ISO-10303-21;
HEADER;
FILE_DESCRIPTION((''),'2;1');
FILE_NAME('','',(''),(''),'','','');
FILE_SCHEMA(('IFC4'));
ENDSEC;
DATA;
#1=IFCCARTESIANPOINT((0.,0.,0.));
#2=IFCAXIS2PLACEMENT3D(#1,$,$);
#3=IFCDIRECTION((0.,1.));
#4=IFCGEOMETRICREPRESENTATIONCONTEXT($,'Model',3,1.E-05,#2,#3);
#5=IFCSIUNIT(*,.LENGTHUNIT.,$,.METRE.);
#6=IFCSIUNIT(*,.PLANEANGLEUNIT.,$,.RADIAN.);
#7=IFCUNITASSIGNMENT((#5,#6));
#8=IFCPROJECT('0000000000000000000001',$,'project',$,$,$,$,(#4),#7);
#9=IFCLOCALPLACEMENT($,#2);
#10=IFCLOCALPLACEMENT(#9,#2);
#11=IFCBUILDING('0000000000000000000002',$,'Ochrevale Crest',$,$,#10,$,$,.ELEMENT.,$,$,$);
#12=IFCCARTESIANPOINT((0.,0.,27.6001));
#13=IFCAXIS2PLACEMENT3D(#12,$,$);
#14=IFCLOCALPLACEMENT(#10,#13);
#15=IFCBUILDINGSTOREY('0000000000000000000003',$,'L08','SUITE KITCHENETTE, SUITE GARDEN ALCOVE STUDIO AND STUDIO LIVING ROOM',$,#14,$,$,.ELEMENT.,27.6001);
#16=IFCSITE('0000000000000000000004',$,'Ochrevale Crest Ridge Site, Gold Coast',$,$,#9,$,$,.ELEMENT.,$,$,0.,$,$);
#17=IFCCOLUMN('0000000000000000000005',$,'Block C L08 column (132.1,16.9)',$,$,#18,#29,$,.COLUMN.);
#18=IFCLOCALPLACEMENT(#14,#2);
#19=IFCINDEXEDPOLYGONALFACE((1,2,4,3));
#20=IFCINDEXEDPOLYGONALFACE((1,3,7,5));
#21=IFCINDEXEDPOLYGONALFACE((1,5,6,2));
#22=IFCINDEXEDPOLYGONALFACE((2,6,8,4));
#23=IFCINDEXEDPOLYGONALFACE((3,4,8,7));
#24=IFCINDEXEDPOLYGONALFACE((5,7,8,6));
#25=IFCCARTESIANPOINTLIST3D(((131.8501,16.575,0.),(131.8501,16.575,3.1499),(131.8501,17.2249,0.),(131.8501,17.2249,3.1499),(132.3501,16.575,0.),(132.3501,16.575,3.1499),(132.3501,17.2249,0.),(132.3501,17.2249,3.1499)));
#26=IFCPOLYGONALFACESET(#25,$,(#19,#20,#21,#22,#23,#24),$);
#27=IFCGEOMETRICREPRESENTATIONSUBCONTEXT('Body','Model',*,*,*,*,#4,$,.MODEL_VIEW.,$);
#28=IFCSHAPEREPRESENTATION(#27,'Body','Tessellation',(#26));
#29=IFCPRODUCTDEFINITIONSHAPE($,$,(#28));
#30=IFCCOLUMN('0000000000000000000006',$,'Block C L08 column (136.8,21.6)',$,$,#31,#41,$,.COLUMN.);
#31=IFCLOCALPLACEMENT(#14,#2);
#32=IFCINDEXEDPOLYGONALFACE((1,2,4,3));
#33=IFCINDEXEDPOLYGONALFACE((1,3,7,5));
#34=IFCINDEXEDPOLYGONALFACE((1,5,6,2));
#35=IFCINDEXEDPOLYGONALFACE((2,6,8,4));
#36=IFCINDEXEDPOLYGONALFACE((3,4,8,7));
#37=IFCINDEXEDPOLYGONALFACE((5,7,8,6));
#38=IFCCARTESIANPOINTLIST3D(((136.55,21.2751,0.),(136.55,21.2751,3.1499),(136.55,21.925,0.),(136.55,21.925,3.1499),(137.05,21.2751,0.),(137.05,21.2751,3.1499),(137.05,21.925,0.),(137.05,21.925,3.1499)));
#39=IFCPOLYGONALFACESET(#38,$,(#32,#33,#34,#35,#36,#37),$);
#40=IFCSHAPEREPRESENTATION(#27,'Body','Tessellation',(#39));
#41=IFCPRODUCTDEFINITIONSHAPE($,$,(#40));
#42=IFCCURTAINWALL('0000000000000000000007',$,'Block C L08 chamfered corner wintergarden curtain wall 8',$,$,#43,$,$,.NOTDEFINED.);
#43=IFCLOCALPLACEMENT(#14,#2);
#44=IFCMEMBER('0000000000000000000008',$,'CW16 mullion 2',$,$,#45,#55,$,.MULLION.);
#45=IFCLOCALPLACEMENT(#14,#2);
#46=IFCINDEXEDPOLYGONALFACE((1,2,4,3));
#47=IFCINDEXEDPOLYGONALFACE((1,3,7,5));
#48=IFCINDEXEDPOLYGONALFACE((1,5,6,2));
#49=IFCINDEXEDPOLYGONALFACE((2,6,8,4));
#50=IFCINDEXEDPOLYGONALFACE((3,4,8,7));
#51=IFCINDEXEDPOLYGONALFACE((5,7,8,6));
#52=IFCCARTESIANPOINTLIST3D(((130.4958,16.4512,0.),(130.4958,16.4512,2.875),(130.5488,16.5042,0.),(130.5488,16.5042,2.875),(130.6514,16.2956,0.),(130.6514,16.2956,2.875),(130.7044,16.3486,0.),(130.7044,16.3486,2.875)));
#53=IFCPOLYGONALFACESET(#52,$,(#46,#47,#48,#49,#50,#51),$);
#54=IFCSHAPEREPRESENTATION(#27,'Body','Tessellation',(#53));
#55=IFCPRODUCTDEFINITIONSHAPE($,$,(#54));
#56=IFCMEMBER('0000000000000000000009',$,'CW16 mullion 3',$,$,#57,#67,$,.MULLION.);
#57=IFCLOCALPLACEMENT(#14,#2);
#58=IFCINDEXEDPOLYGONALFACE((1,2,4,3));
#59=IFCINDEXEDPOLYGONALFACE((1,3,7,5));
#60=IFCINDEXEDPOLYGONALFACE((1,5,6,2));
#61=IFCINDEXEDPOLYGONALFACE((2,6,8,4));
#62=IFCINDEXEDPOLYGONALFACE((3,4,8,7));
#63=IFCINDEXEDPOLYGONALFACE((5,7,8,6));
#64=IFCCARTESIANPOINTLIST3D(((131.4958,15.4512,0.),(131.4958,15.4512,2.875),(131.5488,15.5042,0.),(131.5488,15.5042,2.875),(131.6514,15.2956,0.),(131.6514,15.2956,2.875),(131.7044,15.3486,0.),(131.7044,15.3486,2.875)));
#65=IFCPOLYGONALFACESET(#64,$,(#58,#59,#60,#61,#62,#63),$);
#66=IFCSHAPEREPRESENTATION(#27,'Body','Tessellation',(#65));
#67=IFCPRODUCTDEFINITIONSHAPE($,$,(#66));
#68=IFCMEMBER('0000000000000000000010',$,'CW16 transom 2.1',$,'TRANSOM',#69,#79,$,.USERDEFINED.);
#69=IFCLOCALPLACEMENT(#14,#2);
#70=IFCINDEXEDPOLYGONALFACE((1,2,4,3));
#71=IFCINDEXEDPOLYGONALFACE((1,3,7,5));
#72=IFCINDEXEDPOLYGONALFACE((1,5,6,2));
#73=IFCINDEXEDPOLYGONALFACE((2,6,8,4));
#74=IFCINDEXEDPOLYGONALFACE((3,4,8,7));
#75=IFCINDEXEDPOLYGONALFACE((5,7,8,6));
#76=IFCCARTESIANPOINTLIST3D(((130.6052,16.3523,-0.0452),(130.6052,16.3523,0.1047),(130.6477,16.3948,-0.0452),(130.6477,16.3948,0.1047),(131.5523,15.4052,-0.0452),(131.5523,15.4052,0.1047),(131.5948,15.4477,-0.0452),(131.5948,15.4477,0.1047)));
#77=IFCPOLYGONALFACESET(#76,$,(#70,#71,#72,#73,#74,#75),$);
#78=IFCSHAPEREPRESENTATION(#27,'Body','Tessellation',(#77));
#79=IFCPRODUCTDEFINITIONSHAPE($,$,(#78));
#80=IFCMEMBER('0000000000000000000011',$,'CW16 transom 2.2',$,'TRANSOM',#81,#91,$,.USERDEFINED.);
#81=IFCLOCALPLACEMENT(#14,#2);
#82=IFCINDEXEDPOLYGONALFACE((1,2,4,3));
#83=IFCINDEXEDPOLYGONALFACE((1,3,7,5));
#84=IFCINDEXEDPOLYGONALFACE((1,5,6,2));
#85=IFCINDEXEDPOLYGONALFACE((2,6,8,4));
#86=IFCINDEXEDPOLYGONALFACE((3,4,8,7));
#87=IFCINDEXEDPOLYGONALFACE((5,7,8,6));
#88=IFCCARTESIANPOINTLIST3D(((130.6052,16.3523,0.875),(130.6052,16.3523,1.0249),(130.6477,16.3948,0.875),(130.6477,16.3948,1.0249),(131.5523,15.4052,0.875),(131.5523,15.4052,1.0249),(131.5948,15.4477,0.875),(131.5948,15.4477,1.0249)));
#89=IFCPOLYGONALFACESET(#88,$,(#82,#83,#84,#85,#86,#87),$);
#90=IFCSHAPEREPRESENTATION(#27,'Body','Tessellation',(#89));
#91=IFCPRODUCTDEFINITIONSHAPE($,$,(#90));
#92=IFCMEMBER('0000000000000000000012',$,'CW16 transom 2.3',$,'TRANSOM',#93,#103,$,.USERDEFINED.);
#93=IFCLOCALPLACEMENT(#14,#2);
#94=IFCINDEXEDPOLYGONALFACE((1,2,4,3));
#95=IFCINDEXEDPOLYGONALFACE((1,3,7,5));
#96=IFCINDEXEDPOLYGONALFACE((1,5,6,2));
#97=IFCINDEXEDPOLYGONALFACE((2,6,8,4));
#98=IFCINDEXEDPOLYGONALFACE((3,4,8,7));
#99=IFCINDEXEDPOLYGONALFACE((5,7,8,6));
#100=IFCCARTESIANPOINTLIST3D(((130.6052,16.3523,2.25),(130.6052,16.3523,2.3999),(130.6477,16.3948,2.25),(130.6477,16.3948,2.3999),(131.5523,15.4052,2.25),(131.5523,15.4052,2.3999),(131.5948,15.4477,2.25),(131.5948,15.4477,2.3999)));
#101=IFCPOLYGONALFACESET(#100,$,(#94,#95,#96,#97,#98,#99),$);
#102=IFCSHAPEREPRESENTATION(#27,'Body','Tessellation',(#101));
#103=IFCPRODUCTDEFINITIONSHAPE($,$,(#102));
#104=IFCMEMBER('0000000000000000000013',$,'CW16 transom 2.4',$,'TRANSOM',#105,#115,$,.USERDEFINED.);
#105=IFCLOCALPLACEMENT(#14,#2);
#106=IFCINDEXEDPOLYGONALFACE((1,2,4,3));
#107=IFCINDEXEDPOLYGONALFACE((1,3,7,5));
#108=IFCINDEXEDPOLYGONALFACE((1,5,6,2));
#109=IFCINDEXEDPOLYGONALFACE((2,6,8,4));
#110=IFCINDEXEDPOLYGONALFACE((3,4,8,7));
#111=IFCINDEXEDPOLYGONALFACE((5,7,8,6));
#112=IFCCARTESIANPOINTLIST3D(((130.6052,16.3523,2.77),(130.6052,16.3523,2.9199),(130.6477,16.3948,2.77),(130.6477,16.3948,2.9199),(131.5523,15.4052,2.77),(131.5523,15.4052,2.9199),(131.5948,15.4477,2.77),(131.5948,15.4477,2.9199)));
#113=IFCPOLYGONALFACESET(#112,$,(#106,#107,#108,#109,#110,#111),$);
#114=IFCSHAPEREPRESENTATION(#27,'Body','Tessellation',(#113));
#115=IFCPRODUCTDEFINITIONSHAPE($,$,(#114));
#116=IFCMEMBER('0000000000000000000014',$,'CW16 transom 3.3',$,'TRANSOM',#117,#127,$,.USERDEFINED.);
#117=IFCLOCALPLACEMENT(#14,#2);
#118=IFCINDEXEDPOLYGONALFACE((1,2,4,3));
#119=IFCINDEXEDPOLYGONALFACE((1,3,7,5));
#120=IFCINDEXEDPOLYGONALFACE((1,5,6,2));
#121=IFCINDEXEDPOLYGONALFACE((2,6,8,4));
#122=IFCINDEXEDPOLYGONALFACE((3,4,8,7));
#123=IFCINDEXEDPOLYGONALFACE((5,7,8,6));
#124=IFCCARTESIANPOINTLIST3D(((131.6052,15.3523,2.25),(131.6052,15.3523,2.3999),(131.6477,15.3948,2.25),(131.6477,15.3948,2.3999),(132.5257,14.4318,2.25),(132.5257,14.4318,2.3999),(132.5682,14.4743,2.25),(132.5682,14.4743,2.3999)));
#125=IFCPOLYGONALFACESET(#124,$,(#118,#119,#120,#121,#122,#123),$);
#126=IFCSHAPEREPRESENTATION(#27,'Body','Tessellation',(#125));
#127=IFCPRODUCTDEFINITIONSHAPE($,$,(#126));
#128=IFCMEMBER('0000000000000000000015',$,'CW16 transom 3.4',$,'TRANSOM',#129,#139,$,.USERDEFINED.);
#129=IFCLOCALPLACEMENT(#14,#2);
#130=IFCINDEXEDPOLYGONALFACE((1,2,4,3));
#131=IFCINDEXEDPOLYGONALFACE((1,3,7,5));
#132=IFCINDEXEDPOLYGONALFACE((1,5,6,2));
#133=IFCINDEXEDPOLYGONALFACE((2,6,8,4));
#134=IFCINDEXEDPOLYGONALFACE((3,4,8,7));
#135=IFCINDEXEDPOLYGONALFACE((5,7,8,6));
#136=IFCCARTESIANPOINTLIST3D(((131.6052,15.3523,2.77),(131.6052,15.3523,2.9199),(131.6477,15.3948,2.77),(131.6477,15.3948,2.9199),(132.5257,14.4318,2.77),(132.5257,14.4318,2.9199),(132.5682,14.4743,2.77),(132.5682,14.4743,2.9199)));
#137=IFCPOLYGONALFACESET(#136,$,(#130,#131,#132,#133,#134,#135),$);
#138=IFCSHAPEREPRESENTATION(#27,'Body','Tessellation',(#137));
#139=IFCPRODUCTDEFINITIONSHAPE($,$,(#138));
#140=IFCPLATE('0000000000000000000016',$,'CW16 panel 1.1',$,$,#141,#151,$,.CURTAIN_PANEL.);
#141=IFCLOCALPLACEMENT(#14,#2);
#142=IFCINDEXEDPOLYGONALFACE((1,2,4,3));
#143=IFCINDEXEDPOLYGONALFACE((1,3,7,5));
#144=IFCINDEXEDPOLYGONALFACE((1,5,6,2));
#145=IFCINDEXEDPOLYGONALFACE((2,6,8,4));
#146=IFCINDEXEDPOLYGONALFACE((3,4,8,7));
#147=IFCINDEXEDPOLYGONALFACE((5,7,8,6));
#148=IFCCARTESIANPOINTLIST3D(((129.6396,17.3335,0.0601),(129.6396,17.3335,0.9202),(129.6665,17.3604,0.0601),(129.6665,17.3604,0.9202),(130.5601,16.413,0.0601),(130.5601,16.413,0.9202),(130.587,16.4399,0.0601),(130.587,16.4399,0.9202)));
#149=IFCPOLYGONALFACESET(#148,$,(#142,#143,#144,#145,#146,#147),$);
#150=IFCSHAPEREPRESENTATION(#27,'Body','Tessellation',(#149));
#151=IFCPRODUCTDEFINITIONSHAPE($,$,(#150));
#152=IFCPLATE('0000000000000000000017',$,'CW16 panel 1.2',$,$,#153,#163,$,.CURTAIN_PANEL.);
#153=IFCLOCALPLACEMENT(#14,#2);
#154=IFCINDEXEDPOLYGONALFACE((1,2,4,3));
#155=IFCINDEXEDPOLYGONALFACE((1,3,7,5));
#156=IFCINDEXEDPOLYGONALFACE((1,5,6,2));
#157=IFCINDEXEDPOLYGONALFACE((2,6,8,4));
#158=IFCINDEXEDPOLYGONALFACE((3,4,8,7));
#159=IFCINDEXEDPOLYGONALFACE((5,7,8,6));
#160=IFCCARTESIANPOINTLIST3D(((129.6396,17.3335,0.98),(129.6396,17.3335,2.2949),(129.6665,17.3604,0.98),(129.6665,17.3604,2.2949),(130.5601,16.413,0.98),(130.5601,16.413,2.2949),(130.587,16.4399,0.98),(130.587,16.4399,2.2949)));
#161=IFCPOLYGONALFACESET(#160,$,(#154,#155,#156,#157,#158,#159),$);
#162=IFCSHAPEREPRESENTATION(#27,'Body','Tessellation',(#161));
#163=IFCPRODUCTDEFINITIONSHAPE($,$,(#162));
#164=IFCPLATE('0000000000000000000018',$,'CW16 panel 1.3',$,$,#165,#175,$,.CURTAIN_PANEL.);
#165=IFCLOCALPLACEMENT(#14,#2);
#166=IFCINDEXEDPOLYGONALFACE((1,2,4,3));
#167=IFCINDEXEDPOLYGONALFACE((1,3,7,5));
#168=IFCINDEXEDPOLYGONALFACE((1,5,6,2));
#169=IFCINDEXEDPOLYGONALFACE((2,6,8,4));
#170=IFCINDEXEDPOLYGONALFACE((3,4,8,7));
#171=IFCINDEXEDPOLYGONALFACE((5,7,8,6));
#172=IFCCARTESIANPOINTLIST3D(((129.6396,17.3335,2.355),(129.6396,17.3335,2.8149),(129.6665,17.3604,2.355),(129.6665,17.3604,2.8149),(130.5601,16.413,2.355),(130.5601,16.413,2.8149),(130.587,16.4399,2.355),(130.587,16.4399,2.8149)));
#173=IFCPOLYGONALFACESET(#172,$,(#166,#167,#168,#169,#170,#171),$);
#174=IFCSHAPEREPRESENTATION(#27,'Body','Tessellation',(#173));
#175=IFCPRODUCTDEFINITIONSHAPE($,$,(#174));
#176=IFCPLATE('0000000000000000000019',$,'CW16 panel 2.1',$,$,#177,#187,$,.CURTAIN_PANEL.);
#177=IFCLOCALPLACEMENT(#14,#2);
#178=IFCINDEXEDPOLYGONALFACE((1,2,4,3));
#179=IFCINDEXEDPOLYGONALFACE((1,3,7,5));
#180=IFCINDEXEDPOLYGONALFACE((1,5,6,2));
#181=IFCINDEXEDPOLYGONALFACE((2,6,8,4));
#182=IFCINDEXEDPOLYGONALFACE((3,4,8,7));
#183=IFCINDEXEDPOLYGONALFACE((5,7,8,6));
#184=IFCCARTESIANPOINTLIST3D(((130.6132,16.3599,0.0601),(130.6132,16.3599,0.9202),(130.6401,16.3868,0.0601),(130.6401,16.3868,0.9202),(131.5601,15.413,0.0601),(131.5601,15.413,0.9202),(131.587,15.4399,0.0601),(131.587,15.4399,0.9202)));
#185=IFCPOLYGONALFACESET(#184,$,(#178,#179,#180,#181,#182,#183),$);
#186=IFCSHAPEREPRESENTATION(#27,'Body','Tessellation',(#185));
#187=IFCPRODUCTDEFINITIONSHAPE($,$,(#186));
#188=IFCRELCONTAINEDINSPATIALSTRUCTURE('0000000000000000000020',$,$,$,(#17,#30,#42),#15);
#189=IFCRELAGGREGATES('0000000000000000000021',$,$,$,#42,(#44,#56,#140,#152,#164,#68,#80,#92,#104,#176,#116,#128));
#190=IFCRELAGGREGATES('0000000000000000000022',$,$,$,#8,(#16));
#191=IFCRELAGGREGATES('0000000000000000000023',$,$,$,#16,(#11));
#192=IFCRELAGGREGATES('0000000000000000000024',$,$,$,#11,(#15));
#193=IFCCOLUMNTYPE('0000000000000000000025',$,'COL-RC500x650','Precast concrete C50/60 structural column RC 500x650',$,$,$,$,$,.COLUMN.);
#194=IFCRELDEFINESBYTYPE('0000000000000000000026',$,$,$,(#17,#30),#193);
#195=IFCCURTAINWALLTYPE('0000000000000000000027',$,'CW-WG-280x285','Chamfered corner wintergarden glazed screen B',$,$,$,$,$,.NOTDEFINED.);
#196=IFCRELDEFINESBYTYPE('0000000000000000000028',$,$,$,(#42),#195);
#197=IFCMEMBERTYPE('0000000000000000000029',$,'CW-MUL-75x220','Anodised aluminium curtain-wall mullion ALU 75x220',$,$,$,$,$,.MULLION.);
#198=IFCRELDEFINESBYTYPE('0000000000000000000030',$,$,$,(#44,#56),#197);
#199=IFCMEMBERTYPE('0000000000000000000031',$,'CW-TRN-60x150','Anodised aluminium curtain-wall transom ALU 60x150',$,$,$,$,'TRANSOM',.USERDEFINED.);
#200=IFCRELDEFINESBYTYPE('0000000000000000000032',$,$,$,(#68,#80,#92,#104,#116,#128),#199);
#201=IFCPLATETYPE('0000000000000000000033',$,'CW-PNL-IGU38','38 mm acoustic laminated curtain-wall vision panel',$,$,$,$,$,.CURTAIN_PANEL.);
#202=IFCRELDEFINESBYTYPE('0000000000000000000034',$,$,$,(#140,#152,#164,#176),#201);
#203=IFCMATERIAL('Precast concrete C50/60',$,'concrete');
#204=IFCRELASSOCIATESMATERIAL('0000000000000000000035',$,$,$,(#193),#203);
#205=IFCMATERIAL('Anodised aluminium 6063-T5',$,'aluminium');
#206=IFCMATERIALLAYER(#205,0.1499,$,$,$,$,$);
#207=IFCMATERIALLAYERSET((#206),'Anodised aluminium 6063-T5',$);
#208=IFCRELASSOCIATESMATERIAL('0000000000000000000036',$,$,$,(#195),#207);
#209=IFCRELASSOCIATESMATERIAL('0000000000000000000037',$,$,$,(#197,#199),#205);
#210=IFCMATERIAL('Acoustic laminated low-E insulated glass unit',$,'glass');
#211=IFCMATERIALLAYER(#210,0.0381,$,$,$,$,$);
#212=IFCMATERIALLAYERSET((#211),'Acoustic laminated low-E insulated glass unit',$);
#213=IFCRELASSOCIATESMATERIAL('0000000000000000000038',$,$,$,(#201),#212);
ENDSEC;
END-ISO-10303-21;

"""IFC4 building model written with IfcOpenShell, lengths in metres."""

from ifc_helpers import new_model, si_unit, direction, frame, origin, origin_2d, place, context, subcontext, project, spatial, rectangle, extrude, material, layer, layer_set, material_profile, profile_set, type_object, element, aggregate, save


model = new_model("IFC4")

# Units and contexts
model_context = context("Model", 3, precision=1e-05, world=origin(), true_north=direction((0.0, 1.0)))
body_context = subcontext(model_context, "Body", "Model", "MODEL_VIEW")
ifc_project = project(units=[si_unit("LENGTHUNIT", "METRE"), si_unit("PLANEANGLEUNIT", "RADIAN")], contexts=[model_context])

# Site, building, storey
site_placement = place(None, origin())
site = spatial("IfcSite", under=ifc_project, at=site_placement, Name="Ochrevale Crest Ridge Site, Gold Coast", CompositionType="ELEMENT", RefElevation=0.0)
building_placement = place(site_placement, origin())
building = spatial("IfcBuilding", under=site, at=building_placement, Name="Ochrevale Crest", CompositionType="ELEMENT")
storey_placement = place(building_placement, frame((0.0, 0.0, 27.6001)))
storey = spatial("IfcBuildingStorey", under=building, at=storey_placement, Name="L08", Description="SUITE KITCHENETTE, SUITE GARDEN ALCOVE STUDIO AND STUDIO LIVING ROOM", CompositionType="ELEMENT", Elevation=27.6001)

# Columns
ifc_material_1 = material(Name="Precast concrete C50/60", Category="concrete")
ifc_material_profile_1 = material_profile(ifc_material_1, rectangle(XDim=0.5, YDim=0.6499, at=origin_2d()), Name="RC 500x650")
ifc_profile_set_1 = profile_set([ifc_material_profile_1], Name="Precast concrete C50/60")
column_type = type_object("IfcColumnType", Name="COL-RC500x650", Description="Precast concrete C50/60 structural column RC 500x650", PredefinedType="COLUMN", material=ifc_profile_set_1)
for number, where, z_axis, x_axis, name in (
    (1, (132.1001, 16.8999, 0.0), (0.0, 0.0, 1.0), (1.0, 0.0, 0.0), "Block C L08 column (132.1,16.9)"),
    (2, (136.8, 21.6001, 0.0), (0.0, 0.0, 1.0), (1.0, 0.0, 0.0), "Block C L08 column (136.8,21.6)"),
):
    element("IfcColumn", number, at=place(storey_placement, frame(where, z_axis=z_axis, x_axis=x_axis)), inside=storey, type_object=column_type, Name=name, PredefinedType="COLUMN", context=body_context, shape_type="SweptSolid", body=[
        extrude(rectangle(XDim=0.5, YDim=0.6499, at=origin_2d()), origin(), (0.0, 0.0, 1.0), 3.1499),
    ])

# Curtain wall, members, plates
ifc_material_2 = material(Name="Anodised aluminium 6063-T5", Category="aluminium")
ifc_layer_1 = layer(ifc_material_2, 0.1499)
ifc_layer_set_1 = layer_set([ifc_layer_1], Name="Anodised aluminium 6063-T5")
curtain_wall_type = type_object("IfcCurtainWallType", Name="CW-WG-280x285", Description="Chamfered corner wintergarden glazed screen B", PredefinedType="NOTDEFINED", material=ifc_layer_set_1)
curtain_wall_placement = place(storey_placement, origin())
curtain_wall = element("IfcCurtainWall", 3, at=curtain_wall_placement, inside=storey, type_object=curtain_wall_type, Name="Block C L08 chamfered corner wintergarden curtain wall 8", PredefinedType="NOTDEFINED")
ifc_material_profile_2 = material_profile(ifc_material_2, rectangle(XDim=0.075, YDim=0.22, at=origin_2d()), Name="ALU 75x220")
ifc_profile_set_2 = profile_set([ifc_material_profile_2], Name="Anodised aluminium 6063-T5")
member_type_1 = type_object("IfcMemberType", Name="CW-MUL-75x220", Description="Anodised aluminium curtain-wall mullion ALU 75x220", PredefinedType="MULLION", material=ifc_profile_set_2)
member_1_placement = place(storey_placement, frame((130.6001, 16.3999, 0.0), z_axis=(0.0, 0.0, 1.0), x_axis=(0.707107, 0.707107, 0.0)))
member_1 = element("IfcMember", 4, at=member_1_placement, type_object=member_type_1, Name="CW16 mullion 2", PredefinedType="MULLION", context=body_context, shape_type="SweptSolid", body=[
    extrude(rectangle(XDim=0.075, YDim=0.22, at=origin_2d()), origin(), (0.0, 0.0, 1.0), 2.875),
])
member_2_placement = place(storey_placement, frame((131.6001, 15.3999, 0.0), z_axis=(0.0, 0.0, 1.0), x_axis=(0.707107, 0.707107, 0.0)))
member_2 = element("IfcMember", 5, at=member_2_placement, type_object=member_type_1, Name="CW16 mullion 3", PredefinedType="MULLION", context=body_context, shape_type="SweptSolid", body=[
    extrude(rectangle(XDim=0.075, YDim=0.22, at=origin_2d()), origin(), (0.0, 0.0, 1.0), 2.875),
])
ifc_material_profile_3 = material_profile(ifc_material_2, rectangle(XDim=0.0601, YDim=0.1499, at=origin_2d()), Name="ALU 60x150")
ifc_profile_set_3 = profile_set([ifc_material_profile_3], Name="Anodised aluminium 6063-T5")
member_type_2 = type_object("IfcMemberType", Name="CW-TRN-60x150", Description="Anodised aluminium curtain-wall transom ALU 60x150", ElementType="TRANSOM", PredefinedType="USERDEFINED", material=ifc_profile_set_3)
member_3_placement = place(storey_placement, frame((130.6265, 16.3735, 0.0298), z_axis=(0.707107, -0.707107, 0.0), x_axis=(0.707107, 0.707107, 0.0)))
member_3 = element("IfcMember", 6, at=member_3_placement, type_object=member_type_2, Name="CW16 transom 2.1", ObjectType="TRANSOM", PredefinedType="USERDEFINED", context=body_context, shape_type="SweptSolid", body=[
    extrude(rectangle(XDim=0.0601, YDim=0.1499, at=origin_2d()), origin(), (0.0, 0.0, 1.0), 1.3394),
])
member_4_placement = place(storey_placement, frame((130.6265, 16.3735, 0.95), z_axis=(0.707107, -0.707107, 0.0), x_axis=(0.707107, 0.707107, 0.0)))
member_4 = element("IfcMember", 7, at=member_4_placement, type_object=member_type_2, Name="CW16 transom 2.2", ObjectType="TRANSOM", PredefinedType="USERDEFINED", context=body_context, shape_type="SweptSolid", body=[
    extrude(rectangle(XDim=0.0601, YDim=0.1499, at=origin_2d()), origin(), (0.0, 0.0, 1.0), 1.3394),
])
member_5_placement = place(storey_placement, frame((130.6265, 16.3735, 2.325), z_axis=(0.707107, -0.707107, 0.0), x_axis=(0.707107, 0.707107, 0.0)))
member_5 = element("IfcMember", 8, at=member_5_placement, type_object=member_type_2, Name="CW16 transom 2.3", ObjectType="TRANSOM", PredefinedType="USERDEFINED", context=body_context, shape_type="SweptSolid", body=[
    extrude(rectangle(XDim=0.0601, YDim=0.1499, at=origin_2d()), origin(), (0.0, 0.0, 1.0), 1.3394),
])
member_6_placement = place(storey_placement, frame((130.6265, 16.3735, 2.845), z_axis=(0.707107, -0.707107, 0.0), x_axis=(0.707107, 0.707107, 0.0)))
member_6 = element("IfcMember", 9, at=member_6_placement, type_object=member_type_2, Name="CW16 transom 2.4", ObjectType="TRANSOM", PredefinedType="USERDEFINED", context=body_context, shape_type="SweptSolid", body=[
    extrude(rectangle(XDim=0.0601, YDim=0.1499, at=origin_2d()), origin(), (0.0, 0.0, 1.0), 1.3394),
])
member_7_placement = place(storey_placement, frame((131.6265, 15.3735, 2.325), z_axis=(0.707107, -0.707107, 0.0), x_axis=(0.707107, 0.707107, 0.0)))
member_7 = element("IfcMember", 10, at=member_7_placement, type_object=member_type_2, Name="CW16 transom 3.3", ObjectType="TRANSOM", PredefinedType="USERDEFINED", context=body_context, shape_type="SweptSolid", body=[
    extrude(rectangle(XDim=0.0601, YDim=0.1499, at=origin_2d()), origin(), (0.0, 0.0, 1.0), 1.3018),
])
member_8_placement = place(storey_placement, frame((131.6265, 15.3735, 2.845), z_axis=(0.707107, -0.707107, 0.0), x_axis=(0.707107, 0.707107, 0.0)))
member_8 = element("IfcMember", 11, at=member_8_placement, type_object=member_type_2, Name="CW16 transom 3.4", ObjectType="TRANSOM", PredefinedType="USERDEFINED", context=body_context, shape_type="SweptSolid", body=[
    extrude(rectangle(XDim=0.0601, YDim=0.1499, at=origin_2d()), origin(), (0.0, 0.0, 1.0), 1.3018),
])
ifc_material_3 = material(Name="Acoustic laminated low-E insulated glass unit", Category="glass")
ifc_layer_2 = layer(ifc_material_3, 0.0381)
ifc_layer_set_2 = layer_set([ifc_layer_2], Name="Acoustic laminated low-E insulated glass unit")
plate_type = type_object("IfcPlateType", Name="CW-PNL-IGU38", Description="38 mm acoustic laminated curtain-wall vision panel", PredefinedType="CURTAIN_PANEL", material=ifc_layer_set_2)
plate_1_placement = place(storey_placement, frame((130.1133, 16.8867, 0.0601), z_axis=(0.0, 0.0, 1.0), x_axis=(0.707107, -0.707107, 0.0)))
plate_1 = element("IfcPlate", 12, at=plate_1_placement, type_object=plate_type, Name="CW16 panel 1.1", PredefinedType="CURTAIN_PANEL", context=body_context, shape_type="SweptSolid", body=[
    extrude(rectangle(XDim=1.3018, YDim=0.0381, at=origin_2d()), origin(), (0.0, 0.0, 1.0), 0.8601),
])
plate_2_placement = place(storey_placement, frame((130.1133, 16.8867, 0.98), z_axis=(0.0, 0.0, 1.0), x_axis=(0.707107, -0.707107, 0.0)))
plate_2 = element("IfcPlate", 13, at=plate_2_placement, type_object=plate_type, Name="CW16 panel 1.2", PredefinedType="CURTAIN_PANEL", context=body_context, shape_type="SweptSolid", body=[
    extrude(rectangle(XDim=1.3018, YDim=0.0381, at=origin_2d()), origin(), (0.0, 0.0, 1.0), 1.3149),
])
plate_3_placement = place(storey_placement, frame((130.1133, 16.8867, 2.355), z_axis=(0.0, 0.0, 1.0), x_axis=(0.707107, -0.707107, 0.0)))
plate_3 = element("IfcPlate", 14, at=plate_3_placement, type_object=plate_type, Name="CW16 panel 1.3", PredefinedType="CURTAIN_PANEL", context=body_context, shape_type="SweptSolid", body=[
    extrude(rectangle(XDim=1.3018, YDim=0.0381, at=origin_2d()), origin(), (0.0, 0.0, 1.0), 0.46),
])
plate_4_placement = place(storey_placement, frame((131.1001, 15.8999, 0.0601), z_axis=(0.0, 0.0, 1.0), x_axis=(0.707107, -0.707107, 0.0)))
plate_4 = element("IfcPlate", 15, at=plate_4_placement, type_object=plate_type, Name="CW16 panel 2.1", PredefinedType="CURTAIN_PANEL", context=body_context, shape_type="SweptSolid", body=[
    extrude(rectangle(XDim=1.3391, YDim=0.0381, at=origin_2d()), origin(), (0.0, 0.0, 1.0), 0.8601),
])
aggregate(curtain_wall, [member_1, member_2, plate_1, plate_2, plate_3, member_3, member_4, member_5, member_6, plate_4, member_7, member_8])

save(model, "model.ifc")
